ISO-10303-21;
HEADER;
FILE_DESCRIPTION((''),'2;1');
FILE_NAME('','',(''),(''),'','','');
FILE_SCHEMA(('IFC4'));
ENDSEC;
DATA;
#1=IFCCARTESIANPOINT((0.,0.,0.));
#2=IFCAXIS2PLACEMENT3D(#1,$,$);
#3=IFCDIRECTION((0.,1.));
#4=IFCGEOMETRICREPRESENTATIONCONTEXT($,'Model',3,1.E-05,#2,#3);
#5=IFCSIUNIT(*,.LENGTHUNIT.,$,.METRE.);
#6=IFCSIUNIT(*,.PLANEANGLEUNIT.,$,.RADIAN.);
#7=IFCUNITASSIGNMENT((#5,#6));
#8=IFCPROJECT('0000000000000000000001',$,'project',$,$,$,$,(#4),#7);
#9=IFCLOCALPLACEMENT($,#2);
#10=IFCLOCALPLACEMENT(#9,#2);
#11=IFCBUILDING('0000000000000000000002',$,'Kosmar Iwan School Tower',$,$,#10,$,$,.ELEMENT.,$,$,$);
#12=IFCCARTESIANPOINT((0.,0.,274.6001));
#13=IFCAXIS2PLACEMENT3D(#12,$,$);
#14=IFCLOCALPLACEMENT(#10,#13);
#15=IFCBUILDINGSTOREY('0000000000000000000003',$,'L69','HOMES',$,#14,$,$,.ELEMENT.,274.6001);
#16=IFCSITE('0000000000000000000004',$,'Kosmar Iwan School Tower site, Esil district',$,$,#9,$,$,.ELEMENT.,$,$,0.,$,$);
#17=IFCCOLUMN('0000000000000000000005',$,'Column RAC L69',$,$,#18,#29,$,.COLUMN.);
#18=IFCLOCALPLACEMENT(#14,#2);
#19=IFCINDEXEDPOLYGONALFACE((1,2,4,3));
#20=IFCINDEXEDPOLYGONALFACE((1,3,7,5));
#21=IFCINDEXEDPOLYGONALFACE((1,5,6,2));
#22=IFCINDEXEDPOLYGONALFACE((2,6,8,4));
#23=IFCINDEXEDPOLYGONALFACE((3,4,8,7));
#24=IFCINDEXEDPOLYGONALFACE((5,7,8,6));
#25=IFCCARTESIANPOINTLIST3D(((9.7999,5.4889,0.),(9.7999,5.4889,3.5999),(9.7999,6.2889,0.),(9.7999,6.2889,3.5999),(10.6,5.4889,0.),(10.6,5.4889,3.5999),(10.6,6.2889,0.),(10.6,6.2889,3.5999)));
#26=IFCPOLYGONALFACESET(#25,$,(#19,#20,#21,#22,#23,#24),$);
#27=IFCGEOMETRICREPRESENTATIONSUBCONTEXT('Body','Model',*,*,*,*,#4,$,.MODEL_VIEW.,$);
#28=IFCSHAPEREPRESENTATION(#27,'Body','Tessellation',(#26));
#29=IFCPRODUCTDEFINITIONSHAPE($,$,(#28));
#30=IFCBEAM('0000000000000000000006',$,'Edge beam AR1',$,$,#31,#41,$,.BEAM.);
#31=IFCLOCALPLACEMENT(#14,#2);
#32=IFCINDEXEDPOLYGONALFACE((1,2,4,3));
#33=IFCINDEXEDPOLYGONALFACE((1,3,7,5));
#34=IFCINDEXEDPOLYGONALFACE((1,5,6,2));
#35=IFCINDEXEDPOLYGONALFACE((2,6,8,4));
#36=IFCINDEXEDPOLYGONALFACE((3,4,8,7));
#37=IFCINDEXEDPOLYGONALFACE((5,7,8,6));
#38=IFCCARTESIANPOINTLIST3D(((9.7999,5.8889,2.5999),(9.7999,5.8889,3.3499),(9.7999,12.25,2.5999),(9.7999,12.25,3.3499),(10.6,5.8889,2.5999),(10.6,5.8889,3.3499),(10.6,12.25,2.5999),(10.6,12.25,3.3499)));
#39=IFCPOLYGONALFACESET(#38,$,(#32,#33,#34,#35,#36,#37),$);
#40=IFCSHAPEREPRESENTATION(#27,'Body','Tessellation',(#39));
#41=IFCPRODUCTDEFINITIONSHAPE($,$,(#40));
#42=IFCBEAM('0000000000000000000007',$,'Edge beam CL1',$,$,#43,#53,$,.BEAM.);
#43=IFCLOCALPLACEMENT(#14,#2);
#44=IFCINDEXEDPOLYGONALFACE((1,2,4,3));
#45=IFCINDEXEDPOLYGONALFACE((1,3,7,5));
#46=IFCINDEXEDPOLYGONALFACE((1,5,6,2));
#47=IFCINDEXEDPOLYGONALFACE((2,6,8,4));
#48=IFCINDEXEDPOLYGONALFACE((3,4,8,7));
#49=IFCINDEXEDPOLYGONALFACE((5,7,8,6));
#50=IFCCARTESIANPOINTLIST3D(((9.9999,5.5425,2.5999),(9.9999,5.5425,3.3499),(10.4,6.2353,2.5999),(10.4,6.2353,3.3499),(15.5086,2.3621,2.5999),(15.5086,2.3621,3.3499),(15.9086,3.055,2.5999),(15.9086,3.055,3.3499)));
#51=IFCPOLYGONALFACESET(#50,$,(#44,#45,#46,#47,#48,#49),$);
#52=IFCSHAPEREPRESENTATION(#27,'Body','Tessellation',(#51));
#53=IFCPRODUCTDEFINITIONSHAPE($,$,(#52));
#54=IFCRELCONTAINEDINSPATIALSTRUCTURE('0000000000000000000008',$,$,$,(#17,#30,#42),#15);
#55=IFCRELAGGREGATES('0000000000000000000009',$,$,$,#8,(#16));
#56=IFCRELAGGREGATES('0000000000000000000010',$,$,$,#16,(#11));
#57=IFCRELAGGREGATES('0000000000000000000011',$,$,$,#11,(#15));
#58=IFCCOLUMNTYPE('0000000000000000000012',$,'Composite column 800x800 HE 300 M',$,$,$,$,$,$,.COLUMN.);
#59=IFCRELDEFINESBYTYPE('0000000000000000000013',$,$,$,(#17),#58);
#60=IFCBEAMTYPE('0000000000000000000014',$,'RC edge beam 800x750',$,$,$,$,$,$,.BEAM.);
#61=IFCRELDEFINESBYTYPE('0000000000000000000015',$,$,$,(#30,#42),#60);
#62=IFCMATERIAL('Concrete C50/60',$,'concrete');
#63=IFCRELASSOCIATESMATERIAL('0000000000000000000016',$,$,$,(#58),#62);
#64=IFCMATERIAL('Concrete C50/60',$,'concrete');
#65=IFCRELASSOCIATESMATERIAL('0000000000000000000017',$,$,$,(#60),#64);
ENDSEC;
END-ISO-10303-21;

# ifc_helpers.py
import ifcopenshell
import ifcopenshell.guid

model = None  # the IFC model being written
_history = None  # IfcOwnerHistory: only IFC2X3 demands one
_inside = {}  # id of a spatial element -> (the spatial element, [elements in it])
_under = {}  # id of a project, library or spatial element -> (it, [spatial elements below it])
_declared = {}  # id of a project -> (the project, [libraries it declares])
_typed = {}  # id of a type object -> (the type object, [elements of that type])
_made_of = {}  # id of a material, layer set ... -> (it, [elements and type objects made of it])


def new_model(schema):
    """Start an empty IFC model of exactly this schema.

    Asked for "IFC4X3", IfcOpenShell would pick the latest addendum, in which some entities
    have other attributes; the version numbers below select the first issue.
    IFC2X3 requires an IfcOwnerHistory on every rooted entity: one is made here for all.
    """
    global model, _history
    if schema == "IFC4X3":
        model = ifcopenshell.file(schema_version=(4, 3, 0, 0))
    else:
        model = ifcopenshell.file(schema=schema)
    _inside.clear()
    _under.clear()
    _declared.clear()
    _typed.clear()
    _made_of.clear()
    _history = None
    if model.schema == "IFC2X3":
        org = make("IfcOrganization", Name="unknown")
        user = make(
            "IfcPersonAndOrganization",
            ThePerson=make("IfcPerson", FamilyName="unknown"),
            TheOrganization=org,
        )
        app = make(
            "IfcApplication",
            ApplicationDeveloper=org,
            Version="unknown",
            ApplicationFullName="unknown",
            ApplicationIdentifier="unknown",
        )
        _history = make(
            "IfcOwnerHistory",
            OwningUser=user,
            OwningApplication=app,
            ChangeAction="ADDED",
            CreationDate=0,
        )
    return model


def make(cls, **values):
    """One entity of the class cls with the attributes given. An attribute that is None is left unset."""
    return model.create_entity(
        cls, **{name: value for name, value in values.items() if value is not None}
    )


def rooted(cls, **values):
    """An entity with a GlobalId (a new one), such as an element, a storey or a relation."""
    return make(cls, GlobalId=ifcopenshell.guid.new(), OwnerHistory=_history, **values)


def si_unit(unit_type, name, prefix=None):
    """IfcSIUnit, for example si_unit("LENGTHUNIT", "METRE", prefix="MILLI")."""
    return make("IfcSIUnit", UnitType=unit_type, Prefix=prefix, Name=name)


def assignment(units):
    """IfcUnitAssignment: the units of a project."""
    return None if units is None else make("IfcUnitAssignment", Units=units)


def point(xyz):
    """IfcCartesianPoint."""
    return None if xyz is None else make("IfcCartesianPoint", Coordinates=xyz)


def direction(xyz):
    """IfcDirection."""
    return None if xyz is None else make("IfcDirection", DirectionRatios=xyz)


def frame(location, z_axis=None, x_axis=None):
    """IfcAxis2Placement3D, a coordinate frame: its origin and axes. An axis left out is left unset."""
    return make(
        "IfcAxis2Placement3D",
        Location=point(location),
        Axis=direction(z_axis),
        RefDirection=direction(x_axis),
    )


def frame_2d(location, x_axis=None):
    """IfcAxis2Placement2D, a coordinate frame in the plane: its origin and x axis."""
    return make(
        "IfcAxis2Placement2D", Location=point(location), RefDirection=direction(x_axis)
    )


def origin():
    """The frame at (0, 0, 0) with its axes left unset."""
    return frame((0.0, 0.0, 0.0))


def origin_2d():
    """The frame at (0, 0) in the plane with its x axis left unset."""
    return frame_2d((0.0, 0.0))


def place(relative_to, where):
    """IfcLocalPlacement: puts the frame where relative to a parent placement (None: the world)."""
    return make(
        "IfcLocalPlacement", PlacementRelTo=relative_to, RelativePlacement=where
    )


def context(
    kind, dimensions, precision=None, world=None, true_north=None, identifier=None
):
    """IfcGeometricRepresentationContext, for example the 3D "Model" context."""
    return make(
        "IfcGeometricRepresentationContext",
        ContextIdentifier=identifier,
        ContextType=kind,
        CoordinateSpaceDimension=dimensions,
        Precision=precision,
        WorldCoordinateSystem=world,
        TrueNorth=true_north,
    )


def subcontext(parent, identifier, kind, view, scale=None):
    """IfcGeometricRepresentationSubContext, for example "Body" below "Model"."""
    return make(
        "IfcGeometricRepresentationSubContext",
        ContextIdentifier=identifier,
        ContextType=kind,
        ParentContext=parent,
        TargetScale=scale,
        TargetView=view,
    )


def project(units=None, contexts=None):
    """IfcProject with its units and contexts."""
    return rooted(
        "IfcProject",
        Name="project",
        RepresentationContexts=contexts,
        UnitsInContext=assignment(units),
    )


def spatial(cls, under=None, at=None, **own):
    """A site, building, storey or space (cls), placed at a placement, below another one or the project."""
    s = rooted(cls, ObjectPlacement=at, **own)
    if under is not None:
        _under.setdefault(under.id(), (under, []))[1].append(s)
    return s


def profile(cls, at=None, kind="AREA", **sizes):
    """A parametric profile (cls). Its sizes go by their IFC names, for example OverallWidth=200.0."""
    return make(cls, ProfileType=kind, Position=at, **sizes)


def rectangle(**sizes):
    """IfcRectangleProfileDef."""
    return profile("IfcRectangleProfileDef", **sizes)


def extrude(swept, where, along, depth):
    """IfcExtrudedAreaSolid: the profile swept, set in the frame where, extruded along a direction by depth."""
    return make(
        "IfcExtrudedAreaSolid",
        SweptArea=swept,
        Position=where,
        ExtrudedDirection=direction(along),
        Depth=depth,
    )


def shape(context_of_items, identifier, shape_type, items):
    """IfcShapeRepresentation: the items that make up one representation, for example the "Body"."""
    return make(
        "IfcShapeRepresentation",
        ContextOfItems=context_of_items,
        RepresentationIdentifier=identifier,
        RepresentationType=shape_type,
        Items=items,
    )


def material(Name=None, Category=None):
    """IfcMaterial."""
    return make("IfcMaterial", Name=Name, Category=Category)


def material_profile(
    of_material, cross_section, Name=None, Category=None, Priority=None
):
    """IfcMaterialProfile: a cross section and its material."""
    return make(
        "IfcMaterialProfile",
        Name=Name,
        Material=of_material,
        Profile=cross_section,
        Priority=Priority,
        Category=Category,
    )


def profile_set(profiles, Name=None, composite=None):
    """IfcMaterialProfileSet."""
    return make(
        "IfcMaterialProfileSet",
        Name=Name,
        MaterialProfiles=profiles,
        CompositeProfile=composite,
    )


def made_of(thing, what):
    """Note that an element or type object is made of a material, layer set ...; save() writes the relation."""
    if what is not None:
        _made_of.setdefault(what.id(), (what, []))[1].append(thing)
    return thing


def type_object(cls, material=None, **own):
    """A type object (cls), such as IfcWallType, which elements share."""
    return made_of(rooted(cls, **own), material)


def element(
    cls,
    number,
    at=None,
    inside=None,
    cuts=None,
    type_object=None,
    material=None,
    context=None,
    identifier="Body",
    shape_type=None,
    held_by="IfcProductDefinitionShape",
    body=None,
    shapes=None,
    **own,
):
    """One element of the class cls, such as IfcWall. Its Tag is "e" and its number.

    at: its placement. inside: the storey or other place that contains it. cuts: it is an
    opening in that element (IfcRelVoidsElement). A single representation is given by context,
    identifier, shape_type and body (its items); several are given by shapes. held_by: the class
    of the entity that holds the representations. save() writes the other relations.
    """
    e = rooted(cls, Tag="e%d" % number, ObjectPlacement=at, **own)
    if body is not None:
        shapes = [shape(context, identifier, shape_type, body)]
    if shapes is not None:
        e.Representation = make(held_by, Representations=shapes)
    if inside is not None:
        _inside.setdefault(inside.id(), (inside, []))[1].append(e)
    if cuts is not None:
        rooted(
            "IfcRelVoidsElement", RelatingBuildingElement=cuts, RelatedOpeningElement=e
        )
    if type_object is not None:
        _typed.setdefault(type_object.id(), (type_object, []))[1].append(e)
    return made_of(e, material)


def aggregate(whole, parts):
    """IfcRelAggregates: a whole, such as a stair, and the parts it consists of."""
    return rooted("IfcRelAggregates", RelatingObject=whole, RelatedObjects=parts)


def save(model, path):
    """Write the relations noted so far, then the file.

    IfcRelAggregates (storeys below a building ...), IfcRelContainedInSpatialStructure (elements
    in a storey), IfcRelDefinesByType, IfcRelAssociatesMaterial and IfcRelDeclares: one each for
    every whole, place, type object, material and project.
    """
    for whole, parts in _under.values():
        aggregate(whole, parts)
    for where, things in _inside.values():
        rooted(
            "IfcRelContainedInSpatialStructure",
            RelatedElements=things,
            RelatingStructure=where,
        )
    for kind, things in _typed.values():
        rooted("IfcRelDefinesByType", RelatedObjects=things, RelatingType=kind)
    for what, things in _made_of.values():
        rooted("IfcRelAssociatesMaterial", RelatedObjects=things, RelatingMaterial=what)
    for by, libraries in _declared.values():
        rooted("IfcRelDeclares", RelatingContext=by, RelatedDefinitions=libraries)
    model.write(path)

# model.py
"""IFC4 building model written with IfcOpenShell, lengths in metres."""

from ifc_helpers import new_model, si_unit, direction, frame, origin, origin_2d, place, context, subcontext, project, spatial, rectangle, extrude, material, material_profile, profile_set, type_object, element, save


model = new_model("IFC4")

# Units and contexts
model_context = context("Model", 3, precision=1e-05, world=origin(), true_north=direction((0.0, 1.0)))
body_context = subcontext(model_context, "Body", "Model", "MODEL_VIEW")
ifc_project = project(units=[si_unit("LENGTHUNIT", "METRE"), si_unit("PLANEANGLEUNIT", "RADIAN")], contexts=[model_context])

# Site, building, storey
site_placement = place(None, origin())
site = spatial("IfcSite", under=ifc_project, at=site_placement, Name="Kosmar Iwan School Tower site, Esil district", CompositionType="ELEMENT", RefElevation=0.0)
building_placement = place(site_placement, origin())
building = spatial("IfcBuilding", under=site, at=building_placement, Name="Kosmar Iwan School Tower", CompositionType="ELEMENT")
storey_placement = place(building_placement, frame((0.0, 0.0, 274.6001)))
storey = spatial("IfcBuildingStorey", under=building, at=storey_placement, Name="L69", Description="HOMES", CompositionType="ELEMENT", Elevation=274.6001)

# Column
ifc_material_1 = material(Name="Concrete C50/60", Category="concrete")
ifc_material_profile_1 = material_profile(ifc_material_1, rectangle(XDim=0.8, YDim=0.8, at=origin_2d()), Name="RC 800x800 + HE 300 M")
ifc_profile_set_1 = profile_set([ifc_material_profile_1], Name="Concrete C50/60")
column_type = type_object("IfcColumnType", Name="Composite column 800x800 HE 300 M", PredefinedType="COLUMN", material=ifc_profile_set_1)
column_placement = place(storey_placement, frame((10.2, 5.8889, 0.0), z_axis=(0.0, 0.0, 1.0), x_axis=(1.0, 0.0, 0.0)))
element("IfcColumn", 1, at=column_placement, inside=storey, type_object=column_type, Name="Column RAC L69", PredefinedType="COLUMN", context=body_context, shape_type="SweptSolid", body=[
    extrude(rectangle(XDim=0.8, YDim=0.8, at=origin_2d()), origin(), (0.0, 0.0, 1.0), 3.5999),
])

# Beams
ifc_material_2 = material(Name="Concrete C50/60", Category="concrete")
ifc_material_profile_2 = material_profile(ifc_material_2, rectangle(XDim=0.8, YDim=0.75, at=origin_2d()), Name="RC 800x750")
ifc_profile_set_2 = profile_set([ifc_material_profile_2], Name="Concrete C50/60")
beam_type = type_object("IfcBeamType", Name="RC edge beam 800x750", PredefinedType="BEAM", material=ifc_profile_set_2)
beam_1_placement = place(storey_placement, frame((10.2, 5.8889, 2.9749), z_axis=(0.0, 1.0, 0.0), x_axis=(-1.0, 0.0, 0.0)))
element("IfcBeam", 2, at=beam_1_placement, inside=storey, type_object=beam_type, Name="Edge beam AR1", PredefinedType="BEAM", context=body_context, shape_type="SweptSolid", body=[
    extrude(rectangle(XDim=0.8, YDim=0.75, at=origin_2d()), origin(), (0.0, 0.0, 1.0), 6.3611),
])
beam_2_placement = place(storey_placement, frame((10.2, 5.8889, 2.9749), z_axis=(0.866031, -0.49999, 0.0), x_axis=(0.49999, 0.866031, 0.0)))
element("IfcBeam", 3, at=beam_2_placement, inside=storey, type_object=beam_type, Name="Edge beam CL1", PredefinedType="BEAM", context=body_context, shape_type="SweptSolid", body=[
    extrude(rectangle(XDim=0.8, YDim=0.75, at=origin_2d()), origin(), (0.0, 0.0, 1.0), 6.3608),
])

save(model, "model.ifc")
